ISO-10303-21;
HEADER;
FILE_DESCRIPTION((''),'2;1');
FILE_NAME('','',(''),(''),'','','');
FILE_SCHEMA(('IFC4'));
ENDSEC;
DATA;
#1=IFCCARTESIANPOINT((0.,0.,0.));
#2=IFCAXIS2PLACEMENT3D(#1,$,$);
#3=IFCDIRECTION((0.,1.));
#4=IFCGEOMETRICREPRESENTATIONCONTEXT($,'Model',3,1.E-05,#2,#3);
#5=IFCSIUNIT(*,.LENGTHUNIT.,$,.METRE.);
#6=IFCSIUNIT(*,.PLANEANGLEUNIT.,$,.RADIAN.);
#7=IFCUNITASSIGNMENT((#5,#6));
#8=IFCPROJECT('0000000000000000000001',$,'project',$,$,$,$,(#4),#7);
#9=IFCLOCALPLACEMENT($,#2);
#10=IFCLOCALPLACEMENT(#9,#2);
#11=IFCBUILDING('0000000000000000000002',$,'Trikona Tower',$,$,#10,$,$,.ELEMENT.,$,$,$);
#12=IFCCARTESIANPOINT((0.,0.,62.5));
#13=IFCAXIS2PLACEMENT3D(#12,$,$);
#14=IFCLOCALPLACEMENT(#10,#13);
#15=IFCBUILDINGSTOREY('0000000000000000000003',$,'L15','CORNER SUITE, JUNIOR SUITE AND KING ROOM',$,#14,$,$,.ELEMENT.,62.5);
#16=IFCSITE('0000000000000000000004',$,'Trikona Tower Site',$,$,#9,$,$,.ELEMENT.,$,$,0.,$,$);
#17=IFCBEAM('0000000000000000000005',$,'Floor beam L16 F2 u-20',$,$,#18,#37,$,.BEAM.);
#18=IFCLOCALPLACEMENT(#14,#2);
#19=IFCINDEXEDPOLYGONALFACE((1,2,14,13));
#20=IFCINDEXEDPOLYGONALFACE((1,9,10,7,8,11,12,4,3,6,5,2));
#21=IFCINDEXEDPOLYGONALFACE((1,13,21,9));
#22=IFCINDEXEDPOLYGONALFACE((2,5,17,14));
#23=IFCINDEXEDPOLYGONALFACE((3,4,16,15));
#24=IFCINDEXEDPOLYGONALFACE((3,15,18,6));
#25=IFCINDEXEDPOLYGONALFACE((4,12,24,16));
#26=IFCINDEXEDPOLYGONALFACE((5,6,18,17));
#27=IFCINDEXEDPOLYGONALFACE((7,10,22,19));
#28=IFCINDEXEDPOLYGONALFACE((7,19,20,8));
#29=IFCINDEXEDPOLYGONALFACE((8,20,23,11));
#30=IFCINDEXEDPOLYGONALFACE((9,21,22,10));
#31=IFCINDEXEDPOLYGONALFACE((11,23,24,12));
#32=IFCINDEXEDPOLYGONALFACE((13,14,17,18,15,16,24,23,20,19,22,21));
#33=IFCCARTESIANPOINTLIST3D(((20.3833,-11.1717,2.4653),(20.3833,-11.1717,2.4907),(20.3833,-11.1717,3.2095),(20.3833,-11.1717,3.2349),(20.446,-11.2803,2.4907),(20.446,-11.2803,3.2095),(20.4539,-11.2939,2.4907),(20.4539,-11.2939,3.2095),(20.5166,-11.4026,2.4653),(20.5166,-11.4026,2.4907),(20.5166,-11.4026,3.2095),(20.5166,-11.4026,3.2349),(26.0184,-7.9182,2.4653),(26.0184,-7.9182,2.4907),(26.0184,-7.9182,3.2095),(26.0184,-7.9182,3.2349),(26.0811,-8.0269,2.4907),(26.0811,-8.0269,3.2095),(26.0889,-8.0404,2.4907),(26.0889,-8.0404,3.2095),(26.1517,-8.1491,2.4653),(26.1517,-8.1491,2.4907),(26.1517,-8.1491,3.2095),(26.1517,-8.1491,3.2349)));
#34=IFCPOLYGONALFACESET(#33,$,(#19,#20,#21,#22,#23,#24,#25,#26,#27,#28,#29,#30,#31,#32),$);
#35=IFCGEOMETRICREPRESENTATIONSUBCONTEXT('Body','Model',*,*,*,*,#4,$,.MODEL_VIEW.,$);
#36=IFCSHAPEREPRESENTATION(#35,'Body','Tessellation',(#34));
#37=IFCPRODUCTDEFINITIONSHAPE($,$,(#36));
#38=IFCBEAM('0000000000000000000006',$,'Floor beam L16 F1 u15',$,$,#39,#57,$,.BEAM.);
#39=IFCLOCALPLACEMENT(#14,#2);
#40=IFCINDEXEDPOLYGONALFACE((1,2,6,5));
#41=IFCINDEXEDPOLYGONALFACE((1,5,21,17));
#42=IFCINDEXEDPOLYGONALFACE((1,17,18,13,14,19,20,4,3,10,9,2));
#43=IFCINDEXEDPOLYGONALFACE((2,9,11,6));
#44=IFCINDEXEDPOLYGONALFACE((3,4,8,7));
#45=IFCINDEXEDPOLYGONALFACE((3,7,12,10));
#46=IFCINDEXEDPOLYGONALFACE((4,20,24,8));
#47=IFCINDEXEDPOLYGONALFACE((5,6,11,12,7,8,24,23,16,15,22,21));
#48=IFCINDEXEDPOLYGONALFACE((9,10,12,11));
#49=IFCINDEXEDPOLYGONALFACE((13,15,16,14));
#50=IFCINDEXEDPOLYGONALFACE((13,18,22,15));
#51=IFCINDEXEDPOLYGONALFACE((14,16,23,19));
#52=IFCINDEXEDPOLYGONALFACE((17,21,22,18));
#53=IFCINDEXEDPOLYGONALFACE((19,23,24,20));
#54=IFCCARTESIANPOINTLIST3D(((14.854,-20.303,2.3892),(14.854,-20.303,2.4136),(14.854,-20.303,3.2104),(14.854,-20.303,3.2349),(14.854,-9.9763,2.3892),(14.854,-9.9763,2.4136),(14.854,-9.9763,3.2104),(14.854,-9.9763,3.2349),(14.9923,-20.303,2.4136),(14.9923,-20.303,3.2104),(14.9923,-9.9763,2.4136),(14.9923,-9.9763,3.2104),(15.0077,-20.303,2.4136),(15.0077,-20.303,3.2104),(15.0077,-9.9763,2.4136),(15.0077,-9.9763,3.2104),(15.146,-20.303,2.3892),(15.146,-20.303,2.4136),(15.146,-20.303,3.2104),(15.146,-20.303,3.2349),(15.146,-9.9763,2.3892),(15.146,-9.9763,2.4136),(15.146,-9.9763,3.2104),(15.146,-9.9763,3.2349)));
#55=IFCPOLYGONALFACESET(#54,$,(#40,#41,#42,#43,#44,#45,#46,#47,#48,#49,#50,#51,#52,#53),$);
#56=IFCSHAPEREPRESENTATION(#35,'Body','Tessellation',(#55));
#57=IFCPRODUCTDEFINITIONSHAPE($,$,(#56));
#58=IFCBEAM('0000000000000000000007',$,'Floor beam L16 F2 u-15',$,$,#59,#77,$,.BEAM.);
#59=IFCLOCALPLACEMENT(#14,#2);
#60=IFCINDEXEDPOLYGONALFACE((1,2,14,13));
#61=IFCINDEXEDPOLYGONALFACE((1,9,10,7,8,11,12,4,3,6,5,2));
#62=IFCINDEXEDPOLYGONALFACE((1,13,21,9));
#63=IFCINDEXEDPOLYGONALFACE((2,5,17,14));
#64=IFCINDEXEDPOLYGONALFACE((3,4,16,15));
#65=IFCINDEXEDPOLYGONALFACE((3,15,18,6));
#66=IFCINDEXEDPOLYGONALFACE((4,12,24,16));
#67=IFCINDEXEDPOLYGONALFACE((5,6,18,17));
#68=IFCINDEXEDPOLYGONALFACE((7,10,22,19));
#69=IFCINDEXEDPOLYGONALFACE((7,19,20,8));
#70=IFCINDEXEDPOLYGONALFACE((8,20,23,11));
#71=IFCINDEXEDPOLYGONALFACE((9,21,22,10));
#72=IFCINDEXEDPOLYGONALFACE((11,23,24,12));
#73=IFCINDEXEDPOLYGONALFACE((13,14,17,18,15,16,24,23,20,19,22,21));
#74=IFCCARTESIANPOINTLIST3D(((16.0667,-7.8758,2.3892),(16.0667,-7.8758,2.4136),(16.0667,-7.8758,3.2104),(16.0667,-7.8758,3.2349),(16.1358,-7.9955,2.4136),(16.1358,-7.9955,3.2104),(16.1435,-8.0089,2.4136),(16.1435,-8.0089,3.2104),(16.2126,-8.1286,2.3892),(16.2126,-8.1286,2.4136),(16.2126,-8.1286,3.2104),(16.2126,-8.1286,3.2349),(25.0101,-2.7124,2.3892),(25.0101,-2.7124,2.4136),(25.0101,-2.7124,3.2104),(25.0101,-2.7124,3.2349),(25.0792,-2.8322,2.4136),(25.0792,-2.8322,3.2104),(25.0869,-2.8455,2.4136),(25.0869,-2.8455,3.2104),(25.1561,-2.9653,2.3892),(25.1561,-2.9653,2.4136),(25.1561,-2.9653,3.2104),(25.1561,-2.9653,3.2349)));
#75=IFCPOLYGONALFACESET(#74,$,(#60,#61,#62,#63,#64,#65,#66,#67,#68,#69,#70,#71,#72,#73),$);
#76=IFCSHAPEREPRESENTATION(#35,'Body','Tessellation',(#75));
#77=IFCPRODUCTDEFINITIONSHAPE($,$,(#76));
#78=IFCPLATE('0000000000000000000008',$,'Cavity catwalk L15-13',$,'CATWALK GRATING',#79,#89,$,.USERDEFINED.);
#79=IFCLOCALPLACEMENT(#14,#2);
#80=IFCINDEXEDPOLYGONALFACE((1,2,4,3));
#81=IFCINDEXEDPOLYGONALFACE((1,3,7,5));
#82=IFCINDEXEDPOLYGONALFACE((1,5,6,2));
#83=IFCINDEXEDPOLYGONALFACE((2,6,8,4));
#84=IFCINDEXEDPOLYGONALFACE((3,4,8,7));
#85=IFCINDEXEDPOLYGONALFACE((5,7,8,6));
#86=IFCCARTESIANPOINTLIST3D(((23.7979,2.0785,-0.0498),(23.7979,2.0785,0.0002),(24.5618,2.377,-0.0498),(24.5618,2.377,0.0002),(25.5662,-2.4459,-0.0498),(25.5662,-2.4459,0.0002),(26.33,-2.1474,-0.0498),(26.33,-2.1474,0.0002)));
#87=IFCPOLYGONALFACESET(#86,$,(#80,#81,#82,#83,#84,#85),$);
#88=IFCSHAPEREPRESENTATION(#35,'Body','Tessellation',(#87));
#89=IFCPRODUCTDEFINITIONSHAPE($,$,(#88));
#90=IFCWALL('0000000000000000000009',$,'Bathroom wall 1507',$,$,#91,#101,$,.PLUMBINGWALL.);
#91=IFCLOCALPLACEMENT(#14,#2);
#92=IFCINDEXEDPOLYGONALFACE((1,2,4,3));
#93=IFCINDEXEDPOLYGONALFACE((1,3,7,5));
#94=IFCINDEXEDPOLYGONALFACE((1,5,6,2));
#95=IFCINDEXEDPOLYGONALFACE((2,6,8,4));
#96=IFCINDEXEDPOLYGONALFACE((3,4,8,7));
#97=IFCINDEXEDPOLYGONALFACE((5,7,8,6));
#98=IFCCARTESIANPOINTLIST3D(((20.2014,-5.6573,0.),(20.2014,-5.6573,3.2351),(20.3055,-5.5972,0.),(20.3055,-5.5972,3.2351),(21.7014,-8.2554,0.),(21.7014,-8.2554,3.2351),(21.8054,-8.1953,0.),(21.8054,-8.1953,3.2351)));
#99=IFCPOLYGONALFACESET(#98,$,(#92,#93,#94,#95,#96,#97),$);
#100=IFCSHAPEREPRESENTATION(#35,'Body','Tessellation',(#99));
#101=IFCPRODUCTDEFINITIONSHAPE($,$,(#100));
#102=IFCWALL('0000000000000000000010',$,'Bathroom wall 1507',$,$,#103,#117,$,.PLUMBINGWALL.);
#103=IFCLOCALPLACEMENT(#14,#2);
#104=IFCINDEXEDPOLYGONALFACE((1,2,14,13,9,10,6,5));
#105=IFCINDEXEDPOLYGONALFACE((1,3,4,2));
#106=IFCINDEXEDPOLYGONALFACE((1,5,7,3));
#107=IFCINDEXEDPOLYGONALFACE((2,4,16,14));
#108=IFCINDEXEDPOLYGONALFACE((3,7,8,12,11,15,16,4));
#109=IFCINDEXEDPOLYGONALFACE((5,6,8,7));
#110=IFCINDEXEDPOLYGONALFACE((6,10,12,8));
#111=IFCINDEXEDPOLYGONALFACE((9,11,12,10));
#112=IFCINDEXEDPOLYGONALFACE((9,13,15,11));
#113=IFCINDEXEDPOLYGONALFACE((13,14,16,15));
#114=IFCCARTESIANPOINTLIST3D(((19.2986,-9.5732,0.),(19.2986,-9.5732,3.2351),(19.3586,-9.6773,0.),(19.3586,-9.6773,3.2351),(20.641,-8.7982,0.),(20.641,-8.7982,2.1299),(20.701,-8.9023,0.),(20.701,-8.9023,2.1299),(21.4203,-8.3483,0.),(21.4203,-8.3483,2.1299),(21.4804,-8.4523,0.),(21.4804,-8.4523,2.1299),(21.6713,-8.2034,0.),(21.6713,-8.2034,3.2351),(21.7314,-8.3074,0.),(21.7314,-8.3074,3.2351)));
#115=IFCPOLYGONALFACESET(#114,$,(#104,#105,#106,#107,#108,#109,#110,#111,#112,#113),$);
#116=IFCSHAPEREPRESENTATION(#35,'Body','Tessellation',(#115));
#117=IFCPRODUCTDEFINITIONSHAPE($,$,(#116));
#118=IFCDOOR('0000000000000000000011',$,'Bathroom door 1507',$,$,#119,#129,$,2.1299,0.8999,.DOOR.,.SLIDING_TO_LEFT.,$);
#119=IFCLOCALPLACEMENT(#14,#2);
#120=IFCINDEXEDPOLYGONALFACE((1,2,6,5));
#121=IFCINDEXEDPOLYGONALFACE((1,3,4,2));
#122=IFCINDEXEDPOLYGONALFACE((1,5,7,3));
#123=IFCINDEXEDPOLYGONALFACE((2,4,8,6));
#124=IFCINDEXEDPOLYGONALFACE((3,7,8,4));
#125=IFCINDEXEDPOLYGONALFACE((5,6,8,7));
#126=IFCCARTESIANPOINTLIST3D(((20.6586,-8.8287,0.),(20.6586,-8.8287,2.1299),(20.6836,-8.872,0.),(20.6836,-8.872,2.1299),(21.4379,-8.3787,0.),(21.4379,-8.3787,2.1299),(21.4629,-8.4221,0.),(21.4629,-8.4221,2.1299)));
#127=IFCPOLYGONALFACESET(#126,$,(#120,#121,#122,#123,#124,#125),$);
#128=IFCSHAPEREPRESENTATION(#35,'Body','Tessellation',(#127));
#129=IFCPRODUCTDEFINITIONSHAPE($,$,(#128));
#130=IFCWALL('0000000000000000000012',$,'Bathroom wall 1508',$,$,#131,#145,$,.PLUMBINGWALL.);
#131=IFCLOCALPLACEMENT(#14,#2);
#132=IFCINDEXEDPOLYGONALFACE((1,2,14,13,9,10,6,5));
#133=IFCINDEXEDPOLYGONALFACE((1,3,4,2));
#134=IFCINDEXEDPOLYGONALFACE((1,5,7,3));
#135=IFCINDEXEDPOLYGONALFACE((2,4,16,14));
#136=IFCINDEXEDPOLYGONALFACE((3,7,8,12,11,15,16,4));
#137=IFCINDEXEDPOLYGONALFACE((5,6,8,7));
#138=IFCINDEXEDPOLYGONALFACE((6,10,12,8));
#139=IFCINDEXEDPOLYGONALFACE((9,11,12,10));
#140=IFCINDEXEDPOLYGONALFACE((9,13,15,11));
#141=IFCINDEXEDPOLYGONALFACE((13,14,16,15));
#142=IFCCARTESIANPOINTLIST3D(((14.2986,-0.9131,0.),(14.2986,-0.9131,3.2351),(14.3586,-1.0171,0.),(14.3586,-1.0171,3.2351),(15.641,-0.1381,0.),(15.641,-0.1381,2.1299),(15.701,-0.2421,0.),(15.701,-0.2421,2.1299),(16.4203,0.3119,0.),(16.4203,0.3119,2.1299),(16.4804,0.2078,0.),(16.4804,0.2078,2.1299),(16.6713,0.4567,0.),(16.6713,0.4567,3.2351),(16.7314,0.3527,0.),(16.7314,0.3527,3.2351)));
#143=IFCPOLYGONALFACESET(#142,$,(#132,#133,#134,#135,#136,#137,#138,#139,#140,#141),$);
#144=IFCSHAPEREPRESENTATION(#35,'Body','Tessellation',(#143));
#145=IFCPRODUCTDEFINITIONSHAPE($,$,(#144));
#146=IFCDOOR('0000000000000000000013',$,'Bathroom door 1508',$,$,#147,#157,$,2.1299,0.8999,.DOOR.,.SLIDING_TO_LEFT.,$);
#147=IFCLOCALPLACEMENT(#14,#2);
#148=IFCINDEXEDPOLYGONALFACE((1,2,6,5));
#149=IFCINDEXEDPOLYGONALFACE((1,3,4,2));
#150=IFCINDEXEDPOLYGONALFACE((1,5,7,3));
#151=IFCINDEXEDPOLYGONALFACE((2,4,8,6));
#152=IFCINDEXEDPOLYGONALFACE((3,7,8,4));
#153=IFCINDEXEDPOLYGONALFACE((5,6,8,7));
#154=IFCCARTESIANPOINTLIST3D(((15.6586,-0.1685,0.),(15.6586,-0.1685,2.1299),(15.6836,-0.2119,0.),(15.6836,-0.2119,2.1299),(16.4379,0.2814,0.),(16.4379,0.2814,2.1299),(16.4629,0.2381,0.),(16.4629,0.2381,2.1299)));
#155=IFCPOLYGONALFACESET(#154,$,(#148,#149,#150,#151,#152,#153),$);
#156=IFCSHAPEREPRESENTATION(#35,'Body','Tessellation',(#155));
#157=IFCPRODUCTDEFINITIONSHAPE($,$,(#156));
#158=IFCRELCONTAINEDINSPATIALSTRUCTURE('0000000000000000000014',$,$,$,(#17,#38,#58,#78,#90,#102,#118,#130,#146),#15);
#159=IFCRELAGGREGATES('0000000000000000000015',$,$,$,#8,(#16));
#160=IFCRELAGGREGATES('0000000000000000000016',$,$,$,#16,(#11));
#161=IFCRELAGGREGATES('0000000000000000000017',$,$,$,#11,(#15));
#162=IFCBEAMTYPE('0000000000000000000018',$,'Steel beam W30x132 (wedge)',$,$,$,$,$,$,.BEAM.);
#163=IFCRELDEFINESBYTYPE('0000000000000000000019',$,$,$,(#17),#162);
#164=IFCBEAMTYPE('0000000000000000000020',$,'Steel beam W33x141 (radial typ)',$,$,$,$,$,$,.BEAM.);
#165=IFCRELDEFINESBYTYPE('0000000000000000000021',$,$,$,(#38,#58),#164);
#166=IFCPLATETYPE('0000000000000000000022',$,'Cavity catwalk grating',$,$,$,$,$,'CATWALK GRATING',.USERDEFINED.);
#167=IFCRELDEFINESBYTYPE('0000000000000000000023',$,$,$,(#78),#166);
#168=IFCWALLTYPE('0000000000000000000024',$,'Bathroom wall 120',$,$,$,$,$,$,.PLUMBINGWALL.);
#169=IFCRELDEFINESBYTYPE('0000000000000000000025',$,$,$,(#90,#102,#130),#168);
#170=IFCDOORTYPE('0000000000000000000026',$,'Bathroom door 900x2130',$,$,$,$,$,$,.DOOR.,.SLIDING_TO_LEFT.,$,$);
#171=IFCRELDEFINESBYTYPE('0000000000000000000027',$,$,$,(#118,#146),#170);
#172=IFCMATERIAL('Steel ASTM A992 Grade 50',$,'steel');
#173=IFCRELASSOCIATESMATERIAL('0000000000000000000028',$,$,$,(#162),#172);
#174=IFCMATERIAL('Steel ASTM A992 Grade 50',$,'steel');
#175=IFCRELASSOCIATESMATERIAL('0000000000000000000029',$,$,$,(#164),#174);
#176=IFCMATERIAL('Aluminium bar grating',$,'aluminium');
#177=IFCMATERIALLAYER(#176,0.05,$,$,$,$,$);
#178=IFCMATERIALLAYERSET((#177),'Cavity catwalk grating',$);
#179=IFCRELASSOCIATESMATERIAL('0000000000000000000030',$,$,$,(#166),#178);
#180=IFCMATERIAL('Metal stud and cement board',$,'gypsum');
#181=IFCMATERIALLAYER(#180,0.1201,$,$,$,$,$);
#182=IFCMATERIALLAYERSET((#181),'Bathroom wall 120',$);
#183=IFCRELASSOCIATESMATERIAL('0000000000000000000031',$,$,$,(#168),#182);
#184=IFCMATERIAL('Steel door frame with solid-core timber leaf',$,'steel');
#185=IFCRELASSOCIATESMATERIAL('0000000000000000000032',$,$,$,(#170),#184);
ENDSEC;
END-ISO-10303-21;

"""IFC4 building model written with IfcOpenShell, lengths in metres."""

from ifc_helpers import new_model, si_unit, direction, frame, frame_2d, origin, origin_2d, place, context, subcontext, project, spatial, rectangle, i_section, extrude, material, layer, layer_set, material_profile, profile_set, type_object, element, fill, save


model = new_model("IFC4")

# Units and contexts
model_context = context("Model", 3, precision=1e-05, world=origin(), true_north=direction((0.0, 1.0)))
body_context = subcontext(model_context, "Body", "Model", "MODEL_VIEW")
ifc_project = project(units=[si_unit("LENGTHUNIT", "METRE"), si_unit("PLANEANGLEUNIT", "RADIAN")], contexts=[model_context])

# Site, building, storey
site_placement = place(None, origin())
site = spatial("IfcSite", under=ifc_project, at=site_placement, Name="Trikona Tower Site", CompositionType="ELEMENT", RefElevation=0.0)
building_placement = place(site_placement, origin())
building = spatial("IfcBuilding", under=site, at=building_placement, Name="Trikona Tower", CompositionType="ELEMENT")
storey_placement = place(building_placement, frame((0.0, 0.0, 62.5)))
storey = spatial("IfcBuildingStorey", under=building, at=storey_placement, Name="L15", Description="CORNER SUITE, JUNIOR SUITE AND KING ROOM", CompositionType="ELEMENT", Elevation=62.5)

# Beams
ifc_material_1 = material(Name="Steel ASTM A992 Grade 50", Category="steel")
ifc_material_profile_1 = material_profile(ifc_material_1, i_section(OverallWidth=0.2666, OverallDepth=0.7695, WebThickness=0.0156, FlangeThickness=0.0254, at=origin_2d()), Name="W30X132")
ifc_profile_set_1 = profile_set([ifc_material_profile_1], Name="Steel ASTM A992 Grade 50")
beam_type_1 = type_object("IfcBeamType", Name="Steel beam W30x132 (wedge)", PredefinedType="BEAM", material=ifc_profile_set_1)
beam_1_placement = place(storey_placement, frame((20.45, -11.2871, 2.8501), z_axis=(0.866023, 0.500005, 0.0), x_axis=(-0.500005, 0.866023, 0.0)))
element("IfcBeam", 1, at=beam_1_placement, inside=storey, type_object=beam_type_1, Name="Floor beam L16 F2 u-20", PredefinedType="BEAM", context=body_context, shape_type="SweptSolid", body=[
    extrude(i_section(OverallWidth=0.2666, OverallDepth=0.7695, WebThickness=0.0156, FlangeThickness=0.0254, at=origin_2d()), origin(), (0.0, 0.0, 1.0), 6.5068),
])
ifc_material_2 = material(Name="Steel ASTM A992 Grade 50", Category="steel")
ifc_material_profile_2 = material_profile(ifc_material_2, i_section(OverallWidth=0.292, OverallDepth=0.8457, WebThickness=0.0154, FlangeThickness=0.0244, at=origin_2d()), Name="W33X141")
ifc_profile_set_2 = profile_set([ifc_material_profile_2], Name="Steel ASTM A992 Grade 50")
beam_type_2 = type_object("IfcBeamType", Name="Steel beam W33x141 (radial typ)", PredefinedType="BEAM", material=ifc_profile_set_2)
beam_2_placement = place(storey_placement, frame((15.0, -9.9763, 2.812), z_axis=(0.0, -1.0, 0.0), x_axis=(1.0, 0.0, 0.0)))
element("IfcBeam", 2, at=beam_2_placement, inside=storey, type_object=beam_type_2, Name="Floor beam L16 F1 u15", PredefinedType="BEAM", context=body_context, shape_type="SweptSolid", body=[
    extrude(i_section(OverallWidth=0.292, OverallDepth=0.8457, WebThickness=0.0154, FlangeThickness=0.0244, at=origin_2d()), origin(), (0.0, 0.0, 1.0), 10.3267),
])
beam_3_placement = place(storey_placement, frame((16.1396, -8.0022, 2.812), z_axis=(0.86603, 0.499991, 0.0), x_axis=(-0.499991, 0.86603, 0.0)))
element("IfcBeam", 3, at=beam_3_placement, inside=storey, type_object=beam_type_2, Name="Floor beam L16 F2 u-15", PredefinedType="BEAM", context=body_context, shape_type="SweptSolid", body=[
    extrude(i_section(OverallWidth=0.292, OverallDepth=0.8457, WebThickness=0.0154, FlangeThickness=0.0244, at=origin_2d()), origin(), (0.0, 0.0, 1.0), 10.3269),
])

# Plate
ifc_material_3 = material(Name="Aluminium bar grating", Category="aluminium")
ifc_layer_1 = layer(ifc_material_3, 0.05)
ifc_layer_set_1 = layer_set([ifc_layer_1], Name="Cavity catwalk grating")
plate_type = type_object("IfcPlateType", Name="Cavity catwalk grating", ElementType="CATWALK GRATING", PredefinedType="USERDEFINED", material=ifc_layer_set_1)
plate_placement = place(storey_placement, frame((25.064, -0.0344, -0.0498), z_axis=(0.0, 0.0, 1.0), x_axis=(-0.364009, 0.931395, 0.0)))
element("IfcPlate", 4, at=plate_placement, inside=storey, type_object=plate_type, Name="Cavity catwalk L15-13", ObjectType="CATWALK GRATING", PredefinedType="USERDEFINED", context=body_context, shape_type="SweptSolid", body=[
    extrude(rectangle(XDim=4.8577, YDim=0.8201, at=origin_2d()), origin(), (0.0, 0.0, 1.0), 0.05),
])

# Wall
ifc_material_4 = material(Name="Metal stud and cement board", Category="gypsum")
ifc_layer_2 = layer(ifc_material_4, 0.1201)
ifc_layer_set_2 = layer_set([ifc_layer_2], Name="Bathroom wall 120")
wall_type_1 = type_object("IfcWallType", Name="Bathroom wall 120", PredefinedType="PLUMBINGWALL", material=ifc_layer_set_2)
wall_1_placement = place(storey_placement, frame((21.7534, -8.2253, 0.0), z_axis=(0.0, 0.0, 1.0), x_axis=(-0.49999, 0.866031, 0.0)))
element("IfcWall", 5, at=wall_1_placement, inside=storey, type_object=wall_type_1, Name="Bathroom wall 1507", PredefinedType="PLUMBINGWALL", context=body_context, shape_type="SweptSolid", body=[
    extrude(rectangle(XDim=3.0, YDim=0.1201, at=frame_2d((1.5, 0.0))), origin(), (0.0, 0.0, 1.0), 3.2351),
])

# Walls, openings, doors
wall_2_placement = place(storey_placement, frame((19.3286, -9.6252, 0.0), z_axis=(0.0, 0.0, 1.0), x_axis=(0.866036, 0.499982, 0.0)))
wall_2 = element("IfcWall", 6, at=wall_2_placement, inside=storey, type_object=wall_type_1, Name="Bathroom wall 1507", PredefinedType="PLUMBINGWALL", context=body_context, shape_type="SweptSolid", body=[
    extrude(rectangle(XDim=2.7397, YDim=0.1201, at=frame_2d((1.3699, 0.0))), origin(), (0.0, 0.0, 1.0), 3.2351),
])
opening_1_placement = place(wall_2_placement, frame((1.55, 0.0, 0.0)))
opening_1 = element("IfcOpeningElement", 7, at=opening_1_placement, cuts=wall_2, PredefinedType="OPENING", context=body_context, shape_type="SweptSolid", body=[
    extrude(rectangle(XDim=0.8999, YDim=2.1299, at=frame_2d((0.45, 1.0649))), frame((0.0, 0.0701, 0.0), z_axis=(0.0, -1.0, 0.0), x_axis=(1.0, 0.0, 0.0)), (0.0, 0.0, 1.0), 0.1401),
])
ifc_material_5 = material(Name="Steel door frame with solid-core timber leaf", Category="steel")
door_type_1 = type_object("IfcDoorType", Name="Bathroom door 900x2130", OperationType="SLIDING_TO_LEFT", PredefinedType="DOOR", material=ifc_material_5)
door_1_placement = place(opening_1_placement, origin())
door_1 = element("IfcDoor", 8, at=door_1_placement, inside=storey, type_object=door_type_1, Name="Bathroom door 1507", OperationType="SLIDING_TO_LEFT", OverallHeight=2.1299, OverallWidth=0.8999, PredefinedType="DOOR", context=body_context, shape_type="SweptSolid", body=[
    extrude(rectangle(XDim=0.8999, YDim=2.1299, at=frame_2d((0.45, 1.0649))), frame((0.0, 0.0249, 0.0), z_axis=(0.0, -1.0, 0.0), x_axis=(1.0, 0.0, 0.0)), (0.0, 0.0, 1.0), 0.05),
])
fill(opening_1, door_1)
wall_3_placement = place(storey_placement, frame((14.3286, -0.9651, 0.0), z_axis=(0.0, 0.0, 1.0), x_axis=(0.866036, 0.499982, 0.0)))
wall_3 = element("IfcWall", 9, at=wall_3_placement, inside=storey, type_object=wall_type_1, Name="Bathroom wall 1508", PredefinedType="PLUMBINGWALL", context=body_context, shape_type="SweptSolid", body=[
    extrude(rectangle(XDim=2.7397, YDim=0.1201, at=frame_2d((1.3699, 0.0))), origin(), (0.0, 0.0, 1.0), 3.2351),
])
opening_2_placement = place(wall_3_placement, frame((1.55, 0.0, 0.0)))
opening_2 = element("IfcOpeningElement", 10, at=opening_2_placement, cuts=wall_3, PredefinedType="OPENING", context=body_context, shape_type="SweptSolid", body=[
    extrude(rectangle(XDim=0.8999, YDim=2.1299, at=frame_2d((0.45, 1.0649))), frame((0.0, 0.0701, 0.0), z_axis=(0.0, -1.0, 0.0), x_axis=(1.0, 0.0, 0.0)), (0.0, 0.0, 1.0), 0.1401),
])
door_2_placement = place(opening_2_placement, origin())
door_2 = element("IfcDoor", 11, at=door_2_placement, inside=storey, type_object=door_type_1, Name="Bathroom door 1508", OperationType="SLIDING_TO_LEFT", OverallHeight=2.1299, OverallWidth=0.8999, PredefinedType="DOOR", context=body_context, shape_type="SweptSolid", body=[
    extrude(rectangle(XDim=0.8999, YDim=2.1299, at=frame_2d((0.45, 1.0649))), frame((0.0, 0.0249, 0.0), z_axis=(0.0, -1.0, 0.0), x_axis=(1.0, 0.0, 0.0)), (0.0, 0.0, 1.0), 0.05),
])
fill(opening_2, door_2)

save(model, "model.ifc")
